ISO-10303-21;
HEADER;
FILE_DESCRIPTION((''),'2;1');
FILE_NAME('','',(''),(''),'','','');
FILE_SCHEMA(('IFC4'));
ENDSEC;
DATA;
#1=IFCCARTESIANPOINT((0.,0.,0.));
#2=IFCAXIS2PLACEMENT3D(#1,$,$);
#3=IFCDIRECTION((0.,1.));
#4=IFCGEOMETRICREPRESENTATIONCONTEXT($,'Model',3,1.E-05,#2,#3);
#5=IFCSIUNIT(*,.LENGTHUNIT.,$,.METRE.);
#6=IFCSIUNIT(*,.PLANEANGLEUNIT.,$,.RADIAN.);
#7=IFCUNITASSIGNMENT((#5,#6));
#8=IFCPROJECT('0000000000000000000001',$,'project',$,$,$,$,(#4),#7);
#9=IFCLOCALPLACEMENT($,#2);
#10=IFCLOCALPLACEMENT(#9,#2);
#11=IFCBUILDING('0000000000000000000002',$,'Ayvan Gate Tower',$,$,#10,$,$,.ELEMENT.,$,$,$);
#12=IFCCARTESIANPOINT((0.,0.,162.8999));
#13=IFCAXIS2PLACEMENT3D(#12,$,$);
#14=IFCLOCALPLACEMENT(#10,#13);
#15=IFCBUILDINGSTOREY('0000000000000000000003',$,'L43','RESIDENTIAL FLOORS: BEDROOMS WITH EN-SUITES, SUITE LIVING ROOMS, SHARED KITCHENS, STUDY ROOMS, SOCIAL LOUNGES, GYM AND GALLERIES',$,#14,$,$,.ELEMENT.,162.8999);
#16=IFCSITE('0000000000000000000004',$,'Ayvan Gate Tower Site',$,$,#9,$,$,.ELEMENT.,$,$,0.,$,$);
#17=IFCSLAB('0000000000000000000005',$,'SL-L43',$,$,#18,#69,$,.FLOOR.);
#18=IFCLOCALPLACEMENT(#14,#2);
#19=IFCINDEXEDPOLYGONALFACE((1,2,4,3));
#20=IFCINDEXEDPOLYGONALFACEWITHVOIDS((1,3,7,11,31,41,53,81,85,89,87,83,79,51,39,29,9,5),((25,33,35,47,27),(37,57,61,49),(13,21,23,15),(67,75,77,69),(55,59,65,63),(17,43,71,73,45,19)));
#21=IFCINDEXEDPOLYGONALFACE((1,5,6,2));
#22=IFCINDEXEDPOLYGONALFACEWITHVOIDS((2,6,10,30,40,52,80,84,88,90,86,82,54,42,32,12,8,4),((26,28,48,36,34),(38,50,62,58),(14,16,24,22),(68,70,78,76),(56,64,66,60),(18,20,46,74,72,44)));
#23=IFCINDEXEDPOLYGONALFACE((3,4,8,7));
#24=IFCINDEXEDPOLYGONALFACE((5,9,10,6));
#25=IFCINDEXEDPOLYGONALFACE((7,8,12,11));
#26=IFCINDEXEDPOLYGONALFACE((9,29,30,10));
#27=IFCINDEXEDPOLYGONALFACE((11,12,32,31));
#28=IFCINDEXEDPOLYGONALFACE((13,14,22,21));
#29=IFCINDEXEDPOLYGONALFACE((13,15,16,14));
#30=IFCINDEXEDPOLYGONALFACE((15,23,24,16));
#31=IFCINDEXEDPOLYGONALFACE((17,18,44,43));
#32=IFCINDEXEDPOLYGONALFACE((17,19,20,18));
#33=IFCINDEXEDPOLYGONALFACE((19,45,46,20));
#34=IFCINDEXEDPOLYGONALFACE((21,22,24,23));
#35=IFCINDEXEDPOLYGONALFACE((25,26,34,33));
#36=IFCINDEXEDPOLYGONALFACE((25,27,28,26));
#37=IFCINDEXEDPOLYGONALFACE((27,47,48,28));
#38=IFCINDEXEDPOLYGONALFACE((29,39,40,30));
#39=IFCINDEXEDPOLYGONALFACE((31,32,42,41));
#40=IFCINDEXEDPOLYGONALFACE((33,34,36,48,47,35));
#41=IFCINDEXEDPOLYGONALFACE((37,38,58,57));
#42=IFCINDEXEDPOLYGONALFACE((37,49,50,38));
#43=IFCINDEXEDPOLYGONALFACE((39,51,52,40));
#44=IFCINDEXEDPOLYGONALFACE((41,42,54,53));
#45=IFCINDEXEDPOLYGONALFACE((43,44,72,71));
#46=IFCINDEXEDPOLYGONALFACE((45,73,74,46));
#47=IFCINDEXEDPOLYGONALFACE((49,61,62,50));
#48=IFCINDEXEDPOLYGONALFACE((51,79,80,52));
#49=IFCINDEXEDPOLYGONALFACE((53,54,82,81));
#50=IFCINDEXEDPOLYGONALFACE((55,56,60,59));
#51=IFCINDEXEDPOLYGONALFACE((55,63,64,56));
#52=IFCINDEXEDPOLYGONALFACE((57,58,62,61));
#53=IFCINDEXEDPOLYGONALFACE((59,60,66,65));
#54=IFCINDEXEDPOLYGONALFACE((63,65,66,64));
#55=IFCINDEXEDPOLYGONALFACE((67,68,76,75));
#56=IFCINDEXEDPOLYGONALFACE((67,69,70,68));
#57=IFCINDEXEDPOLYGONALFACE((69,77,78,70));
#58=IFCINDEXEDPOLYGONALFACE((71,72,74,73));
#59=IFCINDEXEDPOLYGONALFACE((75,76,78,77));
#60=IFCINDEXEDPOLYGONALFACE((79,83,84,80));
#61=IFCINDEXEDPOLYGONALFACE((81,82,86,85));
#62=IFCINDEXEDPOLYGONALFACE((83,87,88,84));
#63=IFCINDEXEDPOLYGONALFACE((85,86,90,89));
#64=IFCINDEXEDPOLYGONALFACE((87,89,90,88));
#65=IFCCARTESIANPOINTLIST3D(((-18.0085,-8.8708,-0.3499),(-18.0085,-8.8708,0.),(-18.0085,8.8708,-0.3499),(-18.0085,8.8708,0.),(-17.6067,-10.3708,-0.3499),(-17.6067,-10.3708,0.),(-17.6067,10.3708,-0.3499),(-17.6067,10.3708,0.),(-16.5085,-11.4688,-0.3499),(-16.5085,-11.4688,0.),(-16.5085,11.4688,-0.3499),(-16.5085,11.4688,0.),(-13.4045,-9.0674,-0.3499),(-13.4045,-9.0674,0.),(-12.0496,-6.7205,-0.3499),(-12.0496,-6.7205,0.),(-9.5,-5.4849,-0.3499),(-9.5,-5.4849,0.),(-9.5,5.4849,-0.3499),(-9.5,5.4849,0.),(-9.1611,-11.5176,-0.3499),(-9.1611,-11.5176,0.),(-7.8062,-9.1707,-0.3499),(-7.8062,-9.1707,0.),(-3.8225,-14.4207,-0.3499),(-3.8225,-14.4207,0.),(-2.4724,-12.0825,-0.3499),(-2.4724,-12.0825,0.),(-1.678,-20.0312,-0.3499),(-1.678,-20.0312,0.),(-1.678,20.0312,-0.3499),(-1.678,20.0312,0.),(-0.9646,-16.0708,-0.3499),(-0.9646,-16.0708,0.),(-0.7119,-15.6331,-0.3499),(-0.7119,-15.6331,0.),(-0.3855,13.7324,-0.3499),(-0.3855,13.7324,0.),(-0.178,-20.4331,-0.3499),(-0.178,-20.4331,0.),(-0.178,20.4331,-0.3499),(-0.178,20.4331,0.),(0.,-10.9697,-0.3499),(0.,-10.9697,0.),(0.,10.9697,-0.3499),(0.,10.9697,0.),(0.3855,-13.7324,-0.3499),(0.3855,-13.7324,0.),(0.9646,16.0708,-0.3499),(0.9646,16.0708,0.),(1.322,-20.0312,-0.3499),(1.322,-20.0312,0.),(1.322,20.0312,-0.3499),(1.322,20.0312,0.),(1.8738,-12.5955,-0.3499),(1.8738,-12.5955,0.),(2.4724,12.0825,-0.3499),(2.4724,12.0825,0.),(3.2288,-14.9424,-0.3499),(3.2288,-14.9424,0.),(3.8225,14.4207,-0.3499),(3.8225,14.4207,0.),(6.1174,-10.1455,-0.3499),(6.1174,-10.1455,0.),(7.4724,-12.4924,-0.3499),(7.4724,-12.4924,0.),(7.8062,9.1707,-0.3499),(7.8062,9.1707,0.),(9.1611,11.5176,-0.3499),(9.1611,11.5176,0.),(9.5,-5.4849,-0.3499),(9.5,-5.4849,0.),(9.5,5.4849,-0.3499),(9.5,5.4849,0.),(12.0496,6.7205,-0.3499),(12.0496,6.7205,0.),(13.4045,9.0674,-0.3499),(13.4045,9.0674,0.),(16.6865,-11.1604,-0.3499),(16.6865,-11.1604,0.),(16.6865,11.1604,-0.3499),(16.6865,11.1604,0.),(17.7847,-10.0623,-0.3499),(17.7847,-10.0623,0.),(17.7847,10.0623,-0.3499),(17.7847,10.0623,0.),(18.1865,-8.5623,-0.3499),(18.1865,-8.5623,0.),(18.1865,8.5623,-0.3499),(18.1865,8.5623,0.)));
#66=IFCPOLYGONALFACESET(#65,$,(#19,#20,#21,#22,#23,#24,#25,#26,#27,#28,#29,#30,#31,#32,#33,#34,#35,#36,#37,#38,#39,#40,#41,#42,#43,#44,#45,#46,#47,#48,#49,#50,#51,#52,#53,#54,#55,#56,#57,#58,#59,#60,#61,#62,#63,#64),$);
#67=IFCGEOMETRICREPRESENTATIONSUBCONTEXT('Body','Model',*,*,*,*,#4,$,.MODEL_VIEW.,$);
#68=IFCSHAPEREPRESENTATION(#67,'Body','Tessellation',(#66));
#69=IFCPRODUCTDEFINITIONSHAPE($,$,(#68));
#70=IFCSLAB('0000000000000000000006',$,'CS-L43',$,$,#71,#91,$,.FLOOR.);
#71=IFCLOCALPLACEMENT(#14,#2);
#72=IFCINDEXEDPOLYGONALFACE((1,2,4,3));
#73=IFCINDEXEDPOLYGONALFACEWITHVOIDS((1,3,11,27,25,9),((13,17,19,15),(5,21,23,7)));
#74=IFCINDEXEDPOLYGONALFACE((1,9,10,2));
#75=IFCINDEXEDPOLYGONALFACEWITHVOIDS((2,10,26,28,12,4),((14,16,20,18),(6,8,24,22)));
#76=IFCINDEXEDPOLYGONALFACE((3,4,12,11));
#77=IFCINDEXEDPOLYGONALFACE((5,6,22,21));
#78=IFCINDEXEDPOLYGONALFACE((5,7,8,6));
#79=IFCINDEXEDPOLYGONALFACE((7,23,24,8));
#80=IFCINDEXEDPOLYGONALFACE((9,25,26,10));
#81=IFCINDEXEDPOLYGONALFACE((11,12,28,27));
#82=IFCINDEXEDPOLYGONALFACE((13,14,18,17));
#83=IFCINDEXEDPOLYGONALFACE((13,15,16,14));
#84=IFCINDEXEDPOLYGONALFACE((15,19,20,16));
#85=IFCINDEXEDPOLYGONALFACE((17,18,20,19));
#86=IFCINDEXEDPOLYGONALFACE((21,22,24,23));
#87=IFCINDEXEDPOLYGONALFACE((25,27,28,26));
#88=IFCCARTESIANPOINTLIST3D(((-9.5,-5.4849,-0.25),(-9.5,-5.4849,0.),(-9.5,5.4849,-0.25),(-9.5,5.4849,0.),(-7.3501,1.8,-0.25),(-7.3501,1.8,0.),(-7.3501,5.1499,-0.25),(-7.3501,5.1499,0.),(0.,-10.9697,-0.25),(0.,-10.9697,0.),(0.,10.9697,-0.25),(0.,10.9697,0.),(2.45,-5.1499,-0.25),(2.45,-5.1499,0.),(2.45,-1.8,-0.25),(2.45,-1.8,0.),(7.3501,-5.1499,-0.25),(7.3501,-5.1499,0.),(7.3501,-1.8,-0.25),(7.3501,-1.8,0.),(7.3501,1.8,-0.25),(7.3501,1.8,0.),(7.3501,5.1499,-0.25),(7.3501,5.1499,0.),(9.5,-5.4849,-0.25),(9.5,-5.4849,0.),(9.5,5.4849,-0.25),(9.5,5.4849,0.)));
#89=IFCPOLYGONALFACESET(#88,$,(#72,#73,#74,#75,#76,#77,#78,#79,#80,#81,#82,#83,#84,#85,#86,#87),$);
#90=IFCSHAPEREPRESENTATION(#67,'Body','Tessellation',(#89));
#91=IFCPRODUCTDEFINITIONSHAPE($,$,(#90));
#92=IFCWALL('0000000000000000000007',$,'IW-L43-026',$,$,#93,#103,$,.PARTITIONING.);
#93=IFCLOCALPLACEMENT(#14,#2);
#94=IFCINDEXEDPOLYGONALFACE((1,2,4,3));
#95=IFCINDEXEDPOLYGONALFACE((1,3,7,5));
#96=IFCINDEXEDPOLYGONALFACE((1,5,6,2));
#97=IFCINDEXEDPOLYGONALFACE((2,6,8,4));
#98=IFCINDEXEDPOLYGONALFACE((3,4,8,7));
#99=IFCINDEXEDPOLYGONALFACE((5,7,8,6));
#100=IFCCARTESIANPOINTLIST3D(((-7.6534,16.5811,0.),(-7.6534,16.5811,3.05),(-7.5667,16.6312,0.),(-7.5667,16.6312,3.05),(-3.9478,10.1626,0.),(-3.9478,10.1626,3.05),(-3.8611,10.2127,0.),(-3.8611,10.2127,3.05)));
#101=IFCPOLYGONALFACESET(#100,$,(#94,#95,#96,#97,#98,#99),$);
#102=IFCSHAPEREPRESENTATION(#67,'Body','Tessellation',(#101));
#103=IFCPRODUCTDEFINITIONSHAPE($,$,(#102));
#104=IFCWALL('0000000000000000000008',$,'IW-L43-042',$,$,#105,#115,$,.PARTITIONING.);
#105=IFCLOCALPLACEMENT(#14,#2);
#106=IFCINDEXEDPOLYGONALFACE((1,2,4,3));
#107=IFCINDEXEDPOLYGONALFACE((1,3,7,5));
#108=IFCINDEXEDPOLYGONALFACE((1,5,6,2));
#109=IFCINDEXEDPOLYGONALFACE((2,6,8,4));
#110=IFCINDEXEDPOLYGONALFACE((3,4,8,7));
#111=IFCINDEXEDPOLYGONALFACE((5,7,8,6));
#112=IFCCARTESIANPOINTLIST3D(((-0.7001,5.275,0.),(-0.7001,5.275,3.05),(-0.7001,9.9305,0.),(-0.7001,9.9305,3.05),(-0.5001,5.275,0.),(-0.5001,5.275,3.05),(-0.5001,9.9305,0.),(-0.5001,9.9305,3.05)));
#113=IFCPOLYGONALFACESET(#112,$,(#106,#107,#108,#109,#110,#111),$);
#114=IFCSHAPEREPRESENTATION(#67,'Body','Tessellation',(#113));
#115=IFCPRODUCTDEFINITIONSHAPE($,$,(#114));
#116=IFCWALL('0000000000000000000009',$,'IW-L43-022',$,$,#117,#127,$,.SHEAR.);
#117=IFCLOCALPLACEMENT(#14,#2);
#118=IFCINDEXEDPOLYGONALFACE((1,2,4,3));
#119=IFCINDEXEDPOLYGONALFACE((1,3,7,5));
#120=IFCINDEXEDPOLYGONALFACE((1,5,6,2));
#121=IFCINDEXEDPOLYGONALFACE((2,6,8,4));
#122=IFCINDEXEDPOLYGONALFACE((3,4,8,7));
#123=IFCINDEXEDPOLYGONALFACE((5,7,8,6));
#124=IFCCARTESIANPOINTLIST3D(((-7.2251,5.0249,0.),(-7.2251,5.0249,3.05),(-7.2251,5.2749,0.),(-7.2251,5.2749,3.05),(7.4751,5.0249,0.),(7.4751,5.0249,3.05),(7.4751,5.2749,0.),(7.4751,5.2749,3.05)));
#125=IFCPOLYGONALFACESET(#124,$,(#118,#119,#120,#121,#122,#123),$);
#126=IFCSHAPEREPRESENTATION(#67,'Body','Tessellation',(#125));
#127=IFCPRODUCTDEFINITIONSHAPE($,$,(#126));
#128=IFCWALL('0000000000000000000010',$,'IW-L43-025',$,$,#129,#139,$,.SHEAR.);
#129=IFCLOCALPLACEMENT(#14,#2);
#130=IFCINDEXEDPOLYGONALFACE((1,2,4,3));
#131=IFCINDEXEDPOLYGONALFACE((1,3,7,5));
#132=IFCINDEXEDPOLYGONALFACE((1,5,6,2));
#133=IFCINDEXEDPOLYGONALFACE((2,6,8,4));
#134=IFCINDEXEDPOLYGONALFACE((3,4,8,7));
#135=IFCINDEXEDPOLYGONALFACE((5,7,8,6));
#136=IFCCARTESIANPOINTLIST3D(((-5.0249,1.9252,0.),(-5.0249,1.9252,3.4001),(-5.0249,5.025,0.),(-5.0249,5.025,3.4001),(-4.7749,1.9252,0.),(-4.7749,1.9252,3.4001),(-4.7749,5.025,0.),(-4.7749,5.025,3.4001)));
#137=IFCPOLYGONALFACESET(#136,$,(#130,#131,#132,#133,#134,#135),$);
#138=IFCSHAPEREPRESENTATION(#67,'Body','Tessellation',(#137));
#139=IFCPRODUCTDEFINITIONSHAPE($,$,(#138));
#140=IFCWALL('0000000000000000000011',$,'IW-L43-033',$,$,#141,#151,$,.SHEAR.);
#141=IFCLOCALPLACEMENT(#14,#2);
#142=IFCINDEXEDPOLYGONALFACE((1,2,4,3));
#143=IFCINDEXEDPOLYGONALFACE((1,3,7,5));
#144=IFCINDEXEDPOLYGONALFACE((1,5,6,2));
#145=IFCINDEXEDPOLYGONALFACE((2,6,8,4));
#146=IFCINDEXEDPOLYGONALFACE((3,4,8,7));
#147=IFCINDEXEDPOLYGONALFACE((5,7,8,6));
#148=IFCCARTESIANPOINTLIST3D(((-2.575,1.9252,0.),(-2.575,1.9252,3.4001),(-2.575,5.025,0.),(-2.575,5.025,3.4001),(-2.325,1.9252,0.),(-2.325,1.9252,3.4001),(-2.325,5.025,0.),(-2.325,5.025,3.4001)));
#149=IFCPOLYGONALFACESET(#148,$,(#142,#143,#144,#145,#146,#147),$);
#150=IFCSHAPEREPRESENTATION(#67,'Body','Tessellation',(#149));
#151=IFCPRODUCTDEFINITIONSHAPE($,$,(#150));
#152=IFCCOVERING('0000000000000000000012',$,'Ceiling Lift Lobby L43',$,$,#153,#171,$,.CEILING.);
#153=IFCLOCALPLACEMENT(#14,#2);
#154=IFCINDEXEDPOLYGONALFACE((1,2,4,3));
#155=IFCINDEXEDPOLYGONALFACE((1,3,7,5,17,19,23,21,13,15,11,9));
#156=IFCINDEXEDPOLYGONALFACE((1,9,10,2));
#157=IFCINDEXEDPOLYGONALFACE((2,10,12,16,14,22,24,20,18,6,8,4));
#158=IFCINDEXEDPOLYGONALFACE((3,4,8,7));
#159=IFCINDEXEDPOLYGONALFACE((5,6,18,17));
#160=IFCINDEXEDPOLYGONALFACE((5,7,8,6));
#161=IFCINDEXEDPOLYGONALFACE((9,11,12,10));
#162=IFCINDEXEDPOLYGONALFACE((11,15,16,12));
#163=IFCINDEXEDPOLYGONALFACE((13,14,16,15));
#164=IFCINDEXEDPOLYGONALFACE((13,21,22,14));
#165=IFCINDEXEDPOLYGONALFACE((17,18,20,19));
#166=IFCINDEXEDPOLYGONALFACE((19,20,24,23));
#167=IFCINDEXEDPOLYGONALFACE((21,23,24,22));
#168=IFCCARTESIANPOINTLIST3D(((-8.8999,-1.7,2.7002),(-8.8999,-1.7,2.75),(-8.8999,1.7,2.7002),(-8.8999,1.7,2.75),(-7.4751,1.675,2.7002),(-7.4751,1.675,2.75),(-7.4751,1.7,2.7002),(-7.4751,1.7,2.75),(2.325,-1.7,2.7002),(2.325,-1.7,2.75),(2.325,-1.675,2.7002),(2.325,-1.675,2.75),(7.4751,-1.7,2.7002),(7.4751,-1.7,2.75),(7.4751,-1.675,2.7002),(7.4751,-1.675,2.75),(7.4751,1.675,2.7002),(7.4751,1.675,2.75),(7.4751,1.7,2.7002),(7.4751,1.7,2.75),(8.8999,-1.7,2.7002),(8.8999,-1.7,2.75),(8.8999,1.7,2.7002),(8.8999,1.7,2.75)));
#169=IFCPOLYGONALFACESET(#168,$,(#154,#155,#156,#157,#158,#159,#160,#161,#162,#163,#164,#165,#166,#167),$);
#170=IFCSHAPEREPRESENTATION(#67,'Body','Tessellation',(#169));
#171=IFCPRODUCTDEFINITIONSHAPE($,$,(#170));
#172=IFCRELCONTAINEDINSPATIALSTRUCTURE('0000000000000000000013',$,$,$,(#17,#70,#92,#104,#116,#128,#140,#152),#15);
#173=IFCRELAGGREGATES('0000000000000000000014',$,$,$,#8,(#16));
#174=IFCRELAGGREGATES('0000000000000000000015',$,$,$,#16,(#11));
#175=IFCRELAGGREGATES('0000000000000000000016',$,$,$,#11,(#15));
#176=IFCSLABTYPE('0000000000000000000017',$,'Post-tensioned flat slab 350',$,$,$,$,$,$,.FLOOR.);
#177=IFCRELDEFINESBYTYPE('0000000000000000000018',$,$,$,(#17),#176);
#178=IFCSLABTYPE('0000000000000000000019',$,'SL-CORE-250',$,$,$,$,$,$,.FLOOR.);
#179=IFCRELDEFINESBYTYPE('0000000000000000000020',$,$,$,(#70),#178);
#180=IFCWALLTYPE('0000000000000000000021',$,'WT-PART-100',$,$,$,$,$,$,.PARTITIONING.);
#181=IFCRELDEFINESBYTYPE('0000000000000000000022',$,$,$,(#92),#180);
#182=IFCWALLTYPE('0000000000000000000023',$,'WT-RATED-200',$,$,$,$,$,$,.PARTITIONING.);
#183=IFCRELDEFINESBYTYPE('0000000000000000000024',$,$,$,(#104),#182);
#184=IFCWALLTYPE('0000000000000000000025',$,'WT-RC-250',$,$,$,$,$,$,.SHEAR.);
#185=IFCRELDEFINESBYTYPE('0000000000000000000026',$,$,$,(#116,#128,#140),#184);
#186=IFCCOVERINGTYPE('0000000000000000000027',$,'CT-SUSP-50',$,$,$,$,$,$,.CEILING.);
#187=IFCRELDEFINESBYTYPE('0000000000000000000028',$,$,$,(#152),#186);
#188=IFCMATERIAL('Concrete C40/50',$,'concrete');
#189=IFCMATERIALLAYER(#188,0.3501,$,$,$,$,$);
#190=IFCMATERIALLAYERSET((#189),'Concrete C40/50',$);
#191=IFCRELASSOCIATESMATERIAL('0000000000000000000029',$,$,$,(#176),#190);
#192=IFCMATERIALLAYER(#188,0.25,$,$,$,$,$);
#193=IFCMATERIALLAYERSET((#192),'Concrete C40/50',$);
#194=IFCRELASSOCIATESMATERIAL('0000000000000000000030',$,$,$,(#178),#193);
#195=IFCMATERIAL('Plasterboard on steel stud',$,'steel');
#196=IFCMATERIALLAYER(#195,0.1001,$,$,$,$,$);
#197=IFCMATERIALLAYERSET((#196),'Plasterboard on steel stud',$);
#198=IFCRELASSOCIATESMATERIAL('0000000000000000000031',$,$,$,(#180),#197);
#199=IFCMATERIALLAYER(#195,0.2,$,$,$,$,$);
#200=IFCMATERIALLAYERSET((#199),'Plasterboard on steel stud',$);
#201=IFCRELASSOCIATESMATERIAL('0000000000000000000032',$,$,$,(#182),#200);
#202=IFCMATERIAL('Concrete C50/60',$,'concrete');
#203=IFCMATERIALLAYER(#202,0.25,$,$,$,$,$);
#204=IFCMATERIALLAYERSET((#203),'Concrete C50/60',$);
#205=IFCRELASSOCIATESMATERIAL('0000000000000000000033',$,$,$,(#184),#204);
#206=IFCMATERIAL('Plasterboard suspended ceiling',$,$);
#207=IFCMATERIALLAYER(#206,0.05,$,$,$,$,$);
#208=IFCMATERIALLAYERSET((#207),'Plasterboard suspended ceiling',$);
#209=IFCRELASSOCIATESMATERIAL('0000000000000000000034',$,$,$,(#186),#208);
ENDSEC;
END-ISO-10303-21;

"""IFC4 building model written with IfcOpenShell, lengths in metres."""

from ifc_helpers import new_model, si_unit, direction, frame, frame_2d, origin, place, context, subcontext, project, spatial, polyline, rectangle, outline, extrude, material, layer, layer_set, type_object, element, save


model = new_model("IFC4")

# Units and contexts
model_context = context("Model", 3, precision=1e-05, world=origin(), true_north=direction((0.0, 1.0)))
body_context = subcontext(model_context, "Body", "Model", "MODEL_VIEW")
ifc_project = project(units=[si_unit("LENGTHUNIT", "METRE"), si_unit("PLANEANGLEUNIT", "RADIAN")], contexts=[model_context])

# Site, building, storey
site_placement = place(None, origin())
site = spatial("IfcSite", under=ifc_project, at=site_placement, Name="Ayvan Gate Tower Site", CompositionType="ELEMENT", RefElevation=0.0)
building_placement = place(site_placement, origin())
building = spatial("IfcBuilding", under=site, at=building_placement, Name="Ayvan Gate Tower", CompositionType="ELEMENT")
storey_placement = place(building_placement, frame((0.0, 0.0, 162.8999)))
storey = spatial("IfcBuildingStorey", under=building, at=storey_placement, Name="L43", Description="RESIDENTIAL FLOORS: BEDROOMS WITH EN-SUITES, SUITE LIVING ROOMS, SHARED KITCHENS, STUDY ROOMS, SOCIAL LOUNGES, GYM AND GALLERIES", CompositionType="ELEMENT", Elevation=162.8999)

# Slabs
ifc_material_1 = material(Name="Concrete C40/50", Category="concrete")
ifc_layer_1 = layer(ifc_material_1, 0.3501)
ifc_layer_set_1 = layer_set([ifc_layer_1], Name="Concrete C40/50")
slab_type_1 = type_object("IfcSlabType", Name="Post-tensioned flat slab 350", PredefinedType="FLOOR", material=ifc_layer_set_1)
slab_1_placement = place(storey_placement, frame((0.0, 0.0, -0.3499)))
element("IfcSlab", 1, at=slab_1_placement, inside=storey, type_object=slab_type_1, Name="SL-L43", PredefinedType="FLOOR", context=body_context, shape_type="SweptSolid", body=[
    extrude(outline(polyline([(1.322, -20.0312), (-0.178, -20.4331), (-1.678, -20.0312), (-16.5085, -11.4688), (-17.6067, -10.3708), (-18.0085, -8.8708), (-18.0085, 8.8708), (-17.6067, 10.3708), (-16.5085, 11.4688), (-1.678, 20.0312), (-0.178, 20.4331), (1.322, 20.0312), (16.6865, 11.1604), (17.7847, 10.0623), (18.1865, 8.5623), (18.1865, -8.5623), (17.7847, -10.0623), (16.6865, -11.1604), (1.322, -20.0312)]), holes=[polyline([(12.0496, 6.7205), (13.4045, 9.0674), (9.1611, 11.5176), (7.8062, 9.1707), (12.0496, 6.7205)]), polyline([(9.5, 5.4849), (0.0, 10.9697), (-9.5, 5.4849), (-9.5, -5.4849), (0.0, -10.9697), (9.5, -5.4849), (9.5, 5.4849)]), polyline([(1.8738, -12.5955), (3.2288, -14.9424), (7.4724, -12.4924), (6.1174, -10.1455), (1.8738, -12.5955)]), polyline([(3.8225, 14.4207), (0.9646, 16.0708), (-0.3855, 13.7324), (2.4724, 12.0825), (3.8225, 14.4207)]), polyline([(-0.7119, -15.6331), (0.3855, -13.7324), (-2.4724, -12.0825), (-3.8225, -14.4207), (-0.9646, -16.0708), (-0.7119, -15.6331)]), polyline([(-9.1611, -11.5176), (-7.8062, -9.1707), (-12.0496, -6.7205), (-13.4045, -9.0674), (-9.1611, -11.5176)])]), origin(), (0.0, 0.0, 1.0), 0.3499),
])
ifc_layer_2 = layer(ifc_material_1, 0.25)
ifc_layer_set_2 = layer_set([ifc_layer_2], Name="Concrete C40/50")
slab_type_2 = type_object("IfcSlabType", Name="SL-CORE-250", PredefinedType="FLOOR", material=ifc_layer_set_2)
slab_2_placement = place(storey_placement, frame((0.0, 0.0, -0.25)))
element("IfcSlab", 2, at=slab_2_placement, inside=storey, type_object=slab_type_2, Name="CS-L43", PredefinedType="FLOOR", context=body_context, shape_type="SweptSolid", body=[
    extrude(outline(polyline([(9.5, -5.4849), (0.0, -10.9697), (-9.5, -5.4849), (-9.5, 5.4849), (0.0, 10.9697), (9.5, 5.4849), (9.5, -5.4849)]), holes=[polyline([(-7.3501, 5.1499), (-7.3501, 1.8), (7.3501, 1.8), (7.3501, 5.1499), (-7.3501, 5.1499)]), polyline([(2.45, -1.8), (2.45, -5.1499), (7.3501, -5.1499), (7.3501, -1.8), (2.45, -1.8)])]), origin(), (0.0, 0.0, 1.0), 0.25),
])

# Walls
ifc_material_2 = material(Name="Plasterboard on steel stud", Category="steel")
ifc_layer_3 = layer(ifc_material_2, 0.1001)
ifc_layer_set_3 = layer_set([ifc_layer_3], Name="Plasterboard on steel stud")
wall_type_1 = type_object("IfcWallType", Name="WT-PART-100", PredefinedType="PARTITIONING", material=ifc_layer_set_3)
wall_1_placement = place(storey_placement, frame((-3.9045, 10.1877, 0.0), z_axis=(0.0, 0.0, 1.0), x_axis=(-0.499987, 0.866033, 0.0)))
element("IfcWall", 3, at=wall_1_placement, inside=storey, type_object=wall_type_1, Name="IW-L43-026", PredefinedType="PARTITIONING", context=body_context, shape_type="SweptSolid", body=[
    extrude(rectangle(XDim=7.4114, YDim=0.1001, at=frame_2d((3.7056, 0.0))), origin(), (0.0, 0.0, 1.0), 3.05),
])
ifc_layer_4 = layer(ifc_material_2, 0.2)
ifc_layer_set_4 = layer_set([ifc_layer_4], Name="Plasterboard on steel stud")
wall_type_2 = type_object("IfcWallType", Name="WT-RATED-200", PredefinedType="PARTITIONING", material=ifc_layer_set_4)
wall_2_placement = place(storey_placement, frame((-0.6001, 9.9304, 0.0), z_axis=(0.0, 0.0, 1.0), x_axis=(0.0, -1.0, 0.0)))
element("IfcWall", 4, at=wall_2_placement, inside=storey, type_object=wall_type_2, Name="IW-L43-042", PredefinedType="PARTITIONING", context=body_context, shape_type="SweptSolid", body=[
    extrude(rectangle(XDim=4.6555, YDim=0.2, at=frame_2d((2.3276, 0.0))), origin(), (0.0, 0.0, 1.0), 3.05),
])
ifc_material_3 = material(Name="Concrete C50/60", Category="concrete")
ifc_layer_5 = layer(ifc_material_3, 0.25)
ifc_layer_set_5 = layer_set([ifc_layer_5], Name="Concrete C50/60")
wall_type_3 = type_object("IfcWallType", Name="WT-RC-250", PredefinedType="SHEAR", material=ifc_layer_set_5)
wall_3_placement = place(storey_placement, frame((-7.2251, 5.1499, 0.0), z_axis=(0.0, 0.0, 1.0), x_axis=(1.0, 0.0, 0.0)))
element("IfcWall", 5, at=wall_3_placement, inside=storey, type_object=wall_type_3, Name="IW-L43-022", PredefinedType="SHEAR", context=body_context, shape_type="SweptSolid", body=[
    extrude(rectangle(XDim=14.7002, YDim=0.25, at=frame_2d((7.3501, 0.0))), origin(), (0.0, 0.0, 1.0), 3.05),
])
for number, where, z_axis, x_axis, name in (
    (6, (-4.8999, 5.0249, 0.0), (0.0, 0.0, 1.0), (0.0, -1.0, 0.0), "IW-L43-025"),
    (7, (-2.45, 5.0249, 0.0), (0.0, 0.0, 1.0), (0.0, -1.0, 0.0), "IW-L43-033"),
):
    element("IfcWall", number, at=place(storey_placement, frame(where, z_axis=z_axis, x_axis=x_axis)), inside=storey, type_object=wall_type_3, Name=name, PredefinedType="SHEAR", context=body_context, shape_type="SweptSolid", body=[
        extrude(rectangle(XDim=3.0999, YDim=0.25, at=frame_2d((1.5498, 0.0))), origin(), (0.0, 0.0, 1.0), 3.4001),
    ])

# Covering
ifc_material_4 = material(Name="Plasterboard suspended ceiling")
ifc_layer_6 = layer(ifc_material_4, 0.05)
ifc_layer_set_6 = layer_set([ifc_layer_6], Name="Plasterboard suspended ceiling")
covering_type = type_object("IfcCoveringType", Name="CT-SUSP-50", PredefinedType="CEILING", material=ifc_layer_set_6)
covering_1_placement = place(storey_placement, frame((0.0, 0.0, 2.7002)))
element("IfcCovering", 8, at=covering_1_placement, inside=storey, type_object=covering_type, Name="Ceiling Lift Lobby L43", PredefinedType="CEILING", context=body_context, shape_type="SweptSolid", body=[
    extrude(outline(polyline([(7.4751, -1.675), (2.325, -1.675), (2.325, -1.7), (-8.8999, -1.7), (-8.8999, 1.7), (-7.4751, 1.7), (-7.4751, 1.675), (7.4751, 1.675), (7.4751, 1.7), (8.8999, 1.7), (8.8999, -1.7), (7.4751, -1.7), (7.4751, -1.675)])), origin(), (0.0, 0.0, 1.0), 0.0498),
])

save(model, "model.ifc")
